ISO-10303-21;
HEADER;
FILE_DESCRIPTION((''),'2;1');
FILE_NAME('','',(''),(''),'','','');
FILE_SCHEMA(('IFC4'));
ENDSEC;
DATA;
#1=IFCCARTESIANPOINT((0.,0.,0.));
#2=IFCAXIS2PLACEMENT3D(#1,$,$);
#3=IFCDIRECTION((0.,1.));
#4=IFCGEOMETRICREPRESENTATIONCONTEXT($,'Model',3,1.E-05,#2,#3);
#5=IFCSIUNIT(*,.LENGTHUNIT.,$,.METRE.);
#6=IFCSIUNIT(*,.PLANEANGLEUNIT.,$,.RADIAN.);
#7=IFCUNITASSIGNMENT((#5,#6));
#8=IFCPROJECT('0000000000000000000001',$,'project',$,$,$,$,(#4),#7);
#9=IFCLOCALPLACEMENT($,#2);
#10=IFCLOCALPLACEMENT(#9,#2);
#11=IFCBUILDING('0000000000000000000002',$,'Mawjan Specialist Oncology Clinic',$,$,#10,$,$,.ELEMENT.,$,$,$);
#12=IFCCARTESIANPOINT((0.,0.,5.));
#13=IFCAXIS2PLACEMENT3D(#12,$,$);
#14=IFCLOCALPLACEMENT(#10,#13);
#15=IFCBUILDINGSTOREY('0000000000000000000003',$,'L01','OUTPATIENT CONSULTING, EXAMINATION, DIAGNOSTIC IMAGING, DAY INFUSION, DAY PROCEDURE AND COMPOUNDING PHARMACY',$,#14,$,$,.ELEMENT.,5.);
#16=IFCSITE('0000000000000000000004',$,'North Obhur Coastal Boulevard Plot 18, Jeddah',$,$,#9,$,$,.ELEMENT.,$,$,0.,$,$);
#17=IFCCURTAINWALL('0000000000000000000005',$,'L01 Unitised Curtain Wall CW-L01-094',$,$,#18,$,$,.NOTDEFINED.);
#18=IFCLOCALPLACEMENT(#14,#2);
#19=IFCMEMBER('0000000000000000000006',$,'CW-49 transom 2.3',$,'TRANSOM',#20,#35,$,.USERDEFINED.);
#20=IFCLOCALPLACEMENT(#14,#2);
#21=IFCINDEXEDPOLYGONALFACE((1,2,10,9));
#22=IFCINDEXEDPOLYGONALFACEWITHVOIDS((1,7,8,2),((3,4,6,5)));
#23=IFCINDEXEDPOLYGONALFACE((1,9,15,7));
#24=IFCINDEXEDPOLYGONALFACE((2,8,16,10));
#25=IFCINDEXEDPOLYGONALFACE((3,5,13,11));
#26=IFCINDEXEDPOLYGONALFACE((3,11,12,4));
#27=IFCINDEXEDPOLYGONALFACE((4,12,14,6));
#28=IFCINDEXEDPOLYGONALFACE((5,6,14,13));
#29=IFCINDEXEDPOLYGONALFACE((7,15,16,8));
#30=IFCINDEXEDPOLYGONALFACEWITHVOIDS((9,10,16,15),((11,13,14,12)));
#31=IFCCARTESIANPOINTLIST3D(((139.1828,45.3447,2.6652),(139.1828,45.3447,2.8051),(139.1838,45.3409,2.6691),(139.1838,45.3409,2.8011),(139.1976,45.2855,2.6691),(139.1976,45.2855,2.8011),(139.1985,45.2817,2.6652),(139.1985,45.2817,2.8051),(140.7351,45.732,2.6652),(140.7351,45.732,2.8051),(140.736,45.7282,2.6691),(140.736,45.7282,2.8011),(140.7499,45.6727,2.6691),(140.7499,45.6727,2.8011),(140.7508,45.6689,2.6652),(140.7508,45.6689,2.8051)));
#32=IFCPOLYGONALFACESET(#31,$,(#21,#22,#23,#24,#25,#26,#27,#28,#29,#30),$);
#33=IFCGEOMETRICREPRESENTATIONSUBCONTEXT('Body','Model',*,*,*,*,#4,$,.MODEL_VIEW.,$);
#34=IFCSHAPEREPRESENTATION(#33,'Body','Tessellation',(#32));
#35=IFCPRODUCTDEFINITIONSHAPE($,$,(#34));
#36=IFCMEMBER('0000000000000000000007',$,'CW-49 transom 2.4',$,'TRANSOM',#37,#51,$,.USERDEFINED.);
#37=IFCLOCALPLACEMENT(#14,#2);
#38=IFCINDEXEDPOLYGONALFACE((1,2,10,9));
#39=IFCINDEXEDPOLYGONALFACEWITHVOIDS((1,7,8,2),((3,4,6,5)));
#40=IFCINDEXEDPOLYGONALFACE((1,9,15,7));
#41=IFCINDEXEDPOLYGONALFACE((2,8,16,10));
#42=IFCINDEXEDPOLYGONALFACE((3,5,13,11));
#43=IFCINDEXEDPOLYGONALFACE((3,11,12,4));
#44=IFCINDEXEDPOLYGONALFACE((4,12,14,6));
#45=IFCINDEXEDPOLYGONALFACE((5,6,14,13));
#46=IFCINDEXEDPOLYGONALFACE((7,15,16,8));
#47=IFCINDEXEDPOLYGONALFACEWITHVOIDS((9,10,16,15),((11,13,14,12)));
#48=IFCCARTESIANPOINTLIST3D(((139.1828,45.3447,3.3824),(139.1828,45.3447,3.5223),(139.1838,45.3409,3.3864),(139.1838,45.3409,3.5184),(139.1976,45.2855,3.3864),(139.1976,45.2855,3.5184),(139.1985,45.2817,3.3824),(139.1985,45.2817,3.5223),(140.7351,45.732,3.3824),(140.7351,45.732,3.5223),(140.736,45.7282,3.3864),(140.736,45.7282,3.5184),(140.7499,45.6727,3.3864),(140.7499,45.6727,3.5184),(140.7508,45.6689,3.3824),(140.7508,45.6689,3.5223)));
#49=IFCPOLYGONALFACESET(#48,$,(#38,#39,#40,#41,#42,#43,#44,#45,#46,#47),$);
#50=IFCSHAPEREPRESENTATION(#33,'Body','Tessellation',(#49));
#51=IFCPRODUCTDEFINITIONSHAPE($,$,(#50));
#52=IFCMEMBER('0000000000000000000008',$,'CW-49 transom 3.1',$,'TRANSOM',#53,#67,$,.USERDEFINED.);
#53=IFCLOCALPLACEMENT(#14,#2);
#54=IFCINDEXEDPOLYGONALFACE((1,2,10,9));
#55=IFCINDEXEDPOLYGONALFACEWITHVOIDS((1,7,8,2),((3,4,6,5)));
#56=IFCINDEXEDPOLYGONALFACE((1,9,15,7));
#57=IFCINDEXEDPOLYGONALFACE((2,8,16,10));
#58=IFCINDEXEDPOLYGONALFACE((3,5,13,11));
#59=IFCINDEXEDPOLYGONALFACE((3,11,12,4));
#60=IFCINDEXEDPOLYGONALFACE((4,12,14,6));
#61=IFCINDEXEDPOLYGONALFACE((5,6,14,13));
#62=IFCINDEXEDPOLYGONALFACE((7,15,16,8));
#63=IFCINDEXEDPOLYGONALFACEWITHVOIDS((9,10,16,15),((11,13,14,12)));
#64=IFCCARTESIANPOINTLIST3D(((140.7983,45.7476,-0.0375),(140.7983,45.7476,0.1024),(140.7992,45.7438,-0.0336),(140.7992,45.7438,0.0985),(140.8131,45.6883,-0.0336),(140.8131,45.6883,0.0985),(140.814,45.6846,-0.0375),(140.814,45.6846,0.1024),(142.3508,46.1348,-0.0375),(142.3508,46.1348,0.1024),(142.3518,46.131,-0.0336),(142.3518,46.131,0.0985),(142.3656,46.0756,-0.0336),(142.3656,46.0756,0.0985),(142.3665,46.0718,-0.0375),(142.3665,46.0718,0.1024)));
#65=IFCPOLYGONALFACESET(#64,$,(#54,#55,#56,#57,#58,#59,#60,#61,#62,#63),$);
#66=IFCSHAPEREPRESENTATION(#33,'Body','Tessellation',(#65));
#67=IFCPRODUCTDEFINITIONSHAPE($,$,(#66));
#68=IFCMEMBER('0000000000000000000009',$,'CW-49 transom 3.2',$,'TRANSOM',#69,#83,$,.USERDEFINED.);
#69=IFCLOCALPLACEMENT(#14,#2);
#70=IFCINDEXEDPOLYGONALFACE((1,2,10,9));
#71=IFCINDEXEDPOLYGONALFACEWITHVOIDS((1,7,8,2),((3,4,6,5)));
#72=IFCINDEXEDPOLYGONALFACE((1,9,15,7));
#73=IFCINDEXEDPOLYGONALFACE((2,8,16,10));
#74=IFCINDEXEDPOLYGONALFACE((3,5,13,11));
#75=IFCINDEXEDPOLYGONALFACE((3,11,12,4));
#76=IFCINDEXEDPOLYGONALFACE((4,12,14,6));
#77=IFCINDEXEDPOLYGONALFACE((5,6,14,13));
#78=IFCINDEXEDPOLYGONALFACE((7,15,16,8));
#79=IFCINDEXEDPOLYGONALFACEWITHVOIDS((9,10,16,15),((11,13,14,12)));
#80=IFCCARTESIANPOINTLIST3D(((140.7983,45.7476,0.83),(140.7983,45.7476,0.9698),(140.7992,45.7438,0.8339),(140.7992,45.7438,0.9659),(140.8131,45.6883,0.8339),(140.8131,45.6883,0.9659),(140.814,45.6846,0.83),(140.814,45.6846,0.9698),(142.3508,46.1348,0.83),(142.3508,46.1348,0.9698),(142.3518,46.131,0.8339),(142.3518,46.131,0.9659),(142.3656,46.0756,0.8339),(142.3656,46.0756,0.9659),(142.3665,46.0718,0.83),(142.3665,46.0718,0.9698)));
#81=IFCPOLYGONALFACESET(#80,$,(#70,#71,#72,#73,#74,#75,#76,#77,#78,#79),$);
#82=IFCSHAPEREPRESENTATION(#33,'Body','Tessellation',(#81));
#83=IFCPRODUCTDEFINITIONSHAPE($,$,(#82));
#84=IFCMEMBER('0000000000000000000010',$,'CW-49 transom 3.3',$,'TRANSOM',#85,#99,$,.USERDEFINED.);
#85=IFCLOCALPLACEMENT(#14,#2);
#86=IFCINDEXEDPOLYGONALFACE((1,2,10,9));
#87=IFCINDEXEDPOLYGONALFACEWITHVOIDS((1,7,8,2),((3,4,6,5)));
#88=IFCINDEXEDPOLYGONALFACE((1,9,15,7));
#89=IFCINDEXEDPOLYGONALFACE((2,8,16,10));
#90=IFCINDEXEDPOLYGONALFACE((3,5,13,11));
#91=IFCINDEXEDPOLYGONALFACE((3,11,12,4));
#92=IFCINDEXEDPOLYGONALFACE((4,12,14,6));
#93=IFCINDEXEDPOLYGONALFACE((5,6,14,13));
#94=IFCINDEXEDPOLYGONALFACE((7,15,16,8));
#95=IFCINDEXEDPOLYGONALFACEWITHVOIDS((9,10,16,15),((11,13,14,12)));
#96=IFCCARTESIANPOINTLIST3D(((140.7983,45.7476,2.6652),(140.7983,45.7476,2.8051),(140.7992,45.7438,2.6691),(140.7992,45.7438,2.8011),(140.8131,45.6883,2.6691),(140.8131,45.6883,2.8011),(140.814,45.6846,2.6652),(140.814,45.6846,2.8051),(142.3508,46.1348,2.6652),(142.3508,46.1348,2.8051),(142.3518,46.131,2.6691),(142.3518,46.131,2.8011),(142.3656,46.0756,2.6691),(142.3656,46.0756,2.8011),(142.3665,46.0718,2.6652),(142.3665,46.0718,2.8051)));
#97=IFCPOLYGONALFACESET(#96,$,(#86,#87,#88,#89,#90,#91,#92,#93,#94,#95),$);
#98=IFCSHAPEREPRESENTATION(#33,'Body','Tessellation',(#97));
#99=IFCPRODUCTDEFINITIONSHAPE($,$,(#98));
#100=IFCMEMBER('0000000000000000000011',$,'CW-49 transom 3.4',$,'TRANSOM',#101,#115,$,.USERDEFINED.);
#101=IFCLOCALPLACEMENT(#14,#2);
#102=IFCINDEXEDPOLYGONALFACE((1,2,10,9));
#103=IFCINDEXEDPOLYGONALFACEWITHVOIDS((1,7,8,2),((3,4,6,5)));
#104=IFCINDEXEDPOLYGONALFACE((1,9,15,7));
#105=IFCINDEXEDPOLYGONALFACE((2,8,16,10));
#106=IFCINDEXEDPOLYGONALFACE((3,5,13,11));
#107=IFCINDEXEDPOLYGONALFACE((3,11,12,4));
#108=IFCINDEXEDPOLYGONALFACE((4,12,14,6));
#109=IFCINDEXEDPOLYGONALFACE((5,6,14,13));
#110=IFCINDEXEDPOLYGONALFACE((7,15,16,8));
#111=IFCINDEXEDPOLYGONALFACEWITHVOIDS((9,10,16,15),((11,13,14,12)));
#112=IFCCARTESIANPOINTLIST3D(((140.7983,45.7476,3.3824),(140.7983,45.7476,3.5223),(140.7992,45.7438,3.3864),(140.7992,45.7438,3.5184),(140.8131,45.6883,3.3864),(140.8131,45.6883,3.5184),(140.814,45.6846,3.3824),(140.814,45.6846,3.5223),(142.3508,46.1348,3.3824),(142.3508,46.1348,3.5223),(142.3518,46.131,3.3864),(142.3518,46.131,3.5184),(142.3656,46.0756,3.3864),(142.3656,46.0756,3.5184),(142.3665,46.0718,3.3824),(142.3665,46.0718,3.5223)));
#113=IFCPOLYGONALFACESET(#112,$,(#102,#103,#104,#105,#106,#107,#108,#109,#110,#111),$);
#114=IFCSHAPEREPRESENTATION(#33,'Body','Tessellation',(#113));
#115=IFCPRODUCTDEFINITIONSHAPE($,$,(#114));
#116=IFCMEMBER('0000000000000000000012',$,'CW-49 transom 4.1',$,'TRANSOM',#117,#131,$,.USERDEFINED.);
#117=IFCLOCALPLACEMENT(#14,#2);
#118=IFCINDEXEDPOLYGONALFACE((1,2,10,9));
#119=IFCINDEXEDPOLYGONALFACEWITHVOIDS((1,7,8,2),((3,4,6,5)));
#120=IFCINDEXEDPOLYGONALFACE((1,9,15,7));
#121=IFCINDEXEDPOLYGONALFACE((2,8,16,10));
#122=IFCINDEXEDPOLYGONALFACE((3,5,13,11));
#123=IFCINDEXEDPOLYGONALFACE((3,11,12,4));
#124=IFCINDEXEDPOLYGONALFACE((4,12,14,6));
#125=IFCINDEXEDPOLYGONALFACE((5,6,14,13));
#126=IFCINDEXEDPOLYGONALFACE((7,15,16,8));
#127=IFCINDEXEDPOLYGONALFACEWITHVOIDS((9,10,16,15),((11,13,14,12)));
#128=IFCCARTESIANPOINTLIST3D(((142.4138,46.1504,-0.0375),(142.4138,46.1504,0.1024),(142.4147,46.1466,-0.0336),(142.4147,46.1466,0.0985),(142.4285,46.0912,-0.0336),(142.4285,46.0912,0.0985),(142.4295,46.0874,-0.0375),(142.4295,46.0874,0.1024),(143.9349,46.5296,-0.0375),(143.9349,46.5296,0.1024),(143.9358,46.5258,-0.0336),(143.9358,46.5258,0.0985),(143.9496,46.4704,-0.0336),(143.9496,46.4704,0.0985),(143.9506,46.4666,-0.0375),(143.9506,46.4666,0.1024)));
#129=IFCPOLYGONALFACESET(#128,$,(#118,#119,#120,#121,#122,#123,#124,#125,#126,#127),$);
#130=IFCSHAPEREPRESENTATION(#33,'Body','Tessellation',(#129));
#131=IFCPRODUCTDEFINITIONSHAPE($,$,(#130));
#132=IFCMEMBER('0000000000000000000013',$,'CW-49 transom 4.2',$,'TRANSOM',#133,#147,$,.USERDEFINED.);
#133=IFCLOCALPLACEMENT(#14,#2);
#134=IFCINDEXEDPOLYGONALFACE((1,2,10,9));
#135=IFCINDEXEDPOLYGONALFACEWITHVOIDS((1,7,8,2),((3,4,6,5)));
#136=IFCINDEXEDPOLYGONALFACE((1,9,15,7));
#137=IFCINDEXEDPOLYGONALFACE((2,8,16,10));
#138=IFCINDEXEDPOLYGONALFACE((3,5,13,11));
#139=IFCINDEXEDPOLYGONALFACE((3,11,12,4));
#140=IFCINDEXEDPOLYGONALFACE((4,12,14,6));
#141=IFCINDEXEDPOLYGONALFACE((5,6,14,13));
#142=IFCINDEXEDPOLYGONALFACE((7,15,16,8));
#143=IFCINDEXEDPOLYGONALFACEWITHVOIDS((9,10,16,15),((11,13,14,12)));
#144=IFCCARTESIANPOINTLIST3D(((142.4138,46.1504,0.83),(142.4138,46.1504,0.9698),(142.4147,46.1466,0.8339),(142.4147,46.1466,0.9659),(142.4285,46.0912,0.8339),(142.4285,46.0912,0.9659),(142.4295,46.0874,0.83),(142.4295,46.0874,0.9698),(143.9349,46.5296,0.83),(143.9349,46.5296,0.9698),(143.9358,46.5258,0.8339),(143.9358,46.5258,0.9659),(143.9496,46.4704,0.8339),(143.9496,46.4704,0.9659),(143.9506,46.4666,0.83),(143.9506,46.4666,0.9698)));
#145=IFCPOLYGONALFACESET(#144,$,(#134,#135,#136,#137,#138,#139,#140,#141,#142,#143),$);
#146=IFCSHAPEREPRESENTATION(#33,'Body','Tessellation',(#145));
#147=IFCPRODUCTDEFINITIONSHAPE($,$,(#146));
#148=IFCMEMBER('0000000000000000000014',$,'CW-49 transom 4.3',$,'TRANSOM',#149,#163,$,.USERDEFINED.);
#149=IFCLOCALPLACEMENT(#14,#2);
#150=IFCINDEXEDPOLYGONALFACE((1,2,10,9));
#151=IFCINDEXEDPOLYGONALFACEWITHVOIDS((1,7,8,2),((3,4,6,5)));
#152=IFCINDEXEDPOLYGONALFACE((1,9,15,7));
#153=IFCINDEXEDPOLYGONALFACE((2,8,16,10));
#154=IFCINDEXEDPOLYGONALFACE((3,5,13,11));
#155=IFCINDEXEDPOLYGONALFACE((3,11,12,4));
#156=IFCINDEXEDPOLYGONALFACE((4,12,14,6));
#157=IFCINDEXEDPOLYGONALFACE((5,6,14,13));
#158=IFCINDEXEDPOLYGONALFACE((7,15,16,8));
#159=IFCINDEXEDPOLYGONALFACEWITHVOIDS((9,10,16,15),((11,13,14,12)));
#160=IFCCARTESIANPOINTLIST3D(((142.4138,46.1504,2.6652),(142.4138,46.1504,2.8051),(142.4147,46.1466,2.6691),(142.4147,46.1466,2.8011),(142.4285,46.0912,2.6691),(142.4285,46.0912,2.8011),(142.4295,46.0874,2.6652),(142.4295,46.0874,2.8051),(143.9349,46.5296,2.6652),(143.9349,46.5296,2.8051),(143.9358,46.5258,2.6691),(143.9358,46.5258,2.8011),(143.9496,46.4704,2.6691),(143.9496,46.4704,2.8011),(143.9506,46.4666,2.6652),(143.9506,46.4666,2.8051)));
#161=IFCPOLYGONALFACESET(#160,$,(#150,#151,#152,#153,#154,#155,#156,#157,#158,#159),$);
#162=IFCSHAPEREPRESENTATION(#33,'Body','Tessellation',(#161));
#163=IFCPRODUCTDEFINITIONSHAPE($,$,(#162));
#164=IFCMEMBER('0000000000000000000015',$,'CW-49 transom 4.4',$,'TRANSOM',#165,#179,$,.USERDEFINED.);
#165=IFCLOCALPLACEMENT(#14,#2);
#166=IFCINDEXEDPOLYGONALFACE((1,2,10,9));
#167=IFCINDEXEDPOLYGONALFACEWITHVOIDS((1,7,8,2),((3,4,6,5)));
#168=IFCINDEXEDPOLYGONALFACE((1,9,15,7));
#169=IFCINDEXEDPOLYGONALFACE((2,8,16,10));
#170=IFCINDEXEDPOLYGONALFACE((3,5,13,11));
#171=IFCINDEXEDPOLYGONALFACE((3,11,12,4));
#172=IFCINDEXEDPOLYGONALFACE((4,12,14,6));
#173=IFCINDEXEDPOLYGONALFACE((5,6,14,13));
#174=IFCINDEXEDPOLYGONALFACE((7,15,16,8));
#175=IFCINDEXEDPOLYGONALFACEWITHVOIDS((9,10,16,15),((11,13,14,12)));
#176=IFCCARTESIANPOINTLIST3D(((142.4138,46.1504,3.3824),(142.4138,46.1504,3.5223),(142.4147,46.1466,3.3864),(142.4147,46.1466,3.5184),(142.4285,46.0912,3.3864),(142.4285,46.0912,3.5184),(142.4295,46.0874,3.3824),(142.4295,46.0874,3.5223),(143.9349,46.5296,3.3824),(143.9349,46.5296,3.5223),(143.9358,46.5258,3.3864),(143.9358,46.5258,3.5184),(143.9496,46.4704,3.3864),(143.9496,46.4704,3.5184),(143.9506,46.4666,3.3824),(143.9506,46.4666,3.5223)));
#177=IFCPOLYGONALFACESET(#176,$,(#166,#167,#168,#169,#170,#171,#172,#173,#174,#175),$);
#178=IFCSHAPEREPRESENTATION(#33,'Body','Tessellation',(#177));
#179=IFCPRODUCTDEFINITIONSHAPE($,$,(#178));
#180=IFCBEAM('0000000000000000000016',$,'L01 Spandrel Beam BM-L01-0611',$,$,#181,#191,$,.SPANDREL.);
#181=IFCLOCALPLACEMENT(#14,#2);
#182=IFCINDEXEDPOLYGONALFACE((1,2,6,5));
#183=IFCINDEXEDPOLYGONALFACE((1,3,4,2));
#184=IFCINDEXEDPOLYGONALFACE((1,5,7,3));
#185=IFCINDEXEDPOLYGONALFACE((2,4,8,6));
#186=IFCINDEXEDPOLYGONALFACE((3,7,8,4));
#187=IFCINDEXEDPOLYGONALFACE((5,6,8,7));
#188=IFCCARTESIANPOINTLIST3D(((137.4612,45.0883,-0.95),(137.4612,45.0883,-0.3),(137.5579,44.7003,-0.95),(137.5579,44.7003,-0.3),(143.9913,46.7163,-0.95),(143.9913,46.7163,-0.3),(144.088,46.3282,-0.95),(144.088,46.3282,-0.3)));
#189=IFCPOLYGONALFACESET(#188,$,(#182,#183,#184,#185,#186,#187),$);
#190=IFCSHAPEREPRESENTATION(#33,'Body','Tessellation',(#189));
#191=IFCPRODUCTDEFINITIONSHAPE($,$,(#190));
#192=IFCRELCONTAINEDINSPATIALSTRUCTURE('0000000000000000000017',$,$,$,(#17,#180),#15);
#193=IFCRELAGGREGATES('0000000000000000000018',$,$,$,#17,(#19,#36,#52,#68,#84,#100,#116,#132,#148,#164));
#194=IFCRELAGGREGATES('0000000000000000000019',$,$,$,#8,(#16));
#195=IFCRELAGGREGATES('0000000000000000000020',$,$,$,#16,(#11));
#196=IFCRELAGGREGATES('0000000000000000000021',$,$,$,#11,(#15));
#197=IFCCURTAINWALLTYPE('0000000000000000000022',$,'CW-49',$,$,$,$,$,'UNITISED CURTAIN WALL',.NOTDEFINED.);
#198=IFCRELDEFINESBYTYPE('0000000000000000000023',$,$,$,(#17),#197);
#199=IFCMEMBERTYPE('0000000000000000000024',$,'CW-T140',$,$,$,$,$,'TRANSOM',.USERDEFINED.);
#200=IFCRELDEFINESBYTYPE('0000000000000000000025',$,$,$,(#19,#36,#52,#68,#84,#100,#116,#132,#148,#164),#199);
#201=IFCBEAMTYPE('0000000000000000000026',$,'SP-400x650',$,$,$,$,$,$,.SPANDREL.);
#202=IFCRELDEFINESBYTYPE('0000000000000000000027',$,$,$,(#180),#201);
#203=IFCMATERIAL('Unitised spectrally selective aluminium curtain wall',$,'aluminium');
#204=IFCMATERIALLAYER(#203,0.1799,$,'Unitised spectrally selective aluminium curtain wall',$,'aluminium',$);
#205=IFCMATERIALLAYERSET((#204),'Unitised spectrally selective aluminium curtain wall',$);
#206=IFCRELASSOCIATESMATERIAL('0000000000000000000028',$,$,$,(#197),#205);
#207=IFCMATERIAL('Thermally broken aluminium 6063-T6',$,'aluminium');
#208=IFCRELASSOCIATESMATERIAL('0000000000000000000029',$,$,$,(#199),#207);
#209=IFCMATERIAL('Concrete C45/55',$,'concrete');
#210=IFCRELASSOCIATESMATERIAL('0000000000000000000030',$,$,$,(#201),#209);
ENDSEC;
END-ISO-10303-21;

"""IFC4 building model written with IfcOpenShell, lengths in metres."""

from ifc_helpers import new_model, si_unit, direction, frame, origin, origin_2d, place, context, subcontext, project, spatial, rectangle, hollow_rectangle, extrude, material, layer, layer_set, material_profile, profile_set, type_object, element, aggregate, save


model = new_model("IFC4")

# Units and contexts
model_context = context("Model", 3, precision=1e-05, world=origin(), true_north=direction((0.0, 1.0)))
body_context = subcontext(model_context, "Body", "Model", "MODEL_VIEW")
ifc_project = project(units=[si_unit("LENGTHUNIT", "METRE"), si_unit("PLANEANGLEUNIT", "RADIAN")], contexts=[model_context])

# Site, building, storey
site_placement = place(None, origin())
site = spatial("IfcSite", under=ifc_project, at=site_placement, Name="North Obhur Coastal Boulevard Plot 18, Jeddah", CompositionType="ELEMENT", RefElevation=0.0)
building_placement = place(site_placement, origin())
building = spatial("IfcBuilding", under=site, at=building_placement, Name="Mawjan Specialist Oncology Clinic", CompositionType="ELEMENT")
storey_placement = place(building_placement, frame((0.0, 0.0, 5.0)))
storey = spatial("IfcBuildingStorey", under=building, at=storey_placement, Name="L01", Description="OUTPATIENT CONSULTING, EXAMINATION, DIAGNOSTIC IMAGING, DAY INFUSION, DAY PROCEDURE AND COMPOUNDING PHARMACY", CompositionType="ELEMENT", Elevation=5.0)

# Curtain wall, members
ifc_material_1 = material(Name="Unitised spectrally selective aluminium curtain wall", Category="aluminium")
ifc_layer_1 = layer(ifc_material_1, 0.1799, Name="Unitised spectrally selective aluminium curtain wall", Category="aluminium")
ifc_layer_set_1 = layer_set([ifc_layer_1], Name="Unitised spectrally selective aluminium curtain wall")
curtain_wall_type = type_object("IfcCurtainWallType", Name="CW-49", ElementType="UNITISED CURTAIN WALL", PredefinedType="NOTDEFINED", material=ifc_layer_set_1)
curtain_wall_placement = place(storey_placement, origin())
curtain_wall = element("IfcCurtainWall", 1, at=curtain_wall_placement, inside=storey, type_object=curtain_wall_type, Name="L01 Unitised Curtain Wall CW-L01-094", PredefinedType="NOTDEFINED")
ifc_material_2 = material(Name="Thermally broken aluminium 6063-T6", Category="aluminium")
ifc_material_profile_1 = material_profile(ifc_material_2, hollow_rectangle(XDim=0.0649, YDim=0.1399, WallThickness=0.0039, at=origin_2d()), Name="ALU TRANSOM 140x65x4", Category="aluminium")
ifc_profile_set_1 = profile_set([ifc_material_profile_1], Name="Thermally broken aluminium 6063-T6")
member_type_1 = type_object("IfcMemberType", Name="CW-T140", ElementType="TRANSOM", PredefinedType="USERDEFINED", material=ifc_profile_set_1)
member_1_placement = place(storey_placement, frame((139.1907, 45.3132, 2.7351), z_axis=(0.970268, 0.242033, 0.0), x_axis=(-0.242033, 0.970268, 0.0)))
member_1 = element("IfcMember", 2, at=member_1_placement, type_object=member_type_1, Name="CW-49 transom 2.3", ObjectType="TRANSOM", PredefinedType="USERDEFINED", context=body_context, shape_type="SweptSolid", body=[
    extrude(hollow_rectangle(XDim=0.0649, YDim=0.1399, WallThickness=0.0039, at=origin_2d()), origin(), (0.0, 0.0, 1.0), 1.5999),
])
member_2_placement = place(storey_placement, frame((139.1907, 45.3132, 3.4524), z_axis=(0.970268, 0.242033, 0.0), x_axis=(-0.242033, 0.970268, 0.0)))
member_2 = element("IfcMember", 3, at=member_2_placement, type_object=member_type_1, Name="CW-49 transom 2.4", ObjectType="TRANSOM", PredefinedType="USERDEFINED", context=body_context, shape_type="SweptSolid", body=[
    extrude(hollow_rectangle(XDim=0.0649, YDim=0.1399, WallThickness=0.0039, at=origin_2d()), origin(), (0.0, 0.0, 1.0), 1.5999),
])
member_3_placement = place(storey_placement, frame((140.8062, 45.7161, 0.0325), z_axis=(0.970277, 0.241997, 0.0), x_axis=(-0.241997, 0.970277, 0.0)))
member_3 = element("IfcMember", 4, at=member_3_placement, type_object=member_type_1, Name="CW-49 transom 3.1", ObjectType="TRANSOM", PredefinedType="USERDEFINED", context=body_context, shape_type="SweptSolid", body=[
    extrude(hollow_rectangle(XDim=0.0649, YDim=0.1399, WallThickness=0.0039, at=origin_2d()), origin(), (0.0, 0.0, 1.0), 1.6001),
])
member_4_placement = place(storey_placement, frame((140.8062, 45.7161, 0.8999), z_axis=(0.970277, 0.241997, 0.0), x_axis=(-0.241997, 0.970277, 0.0)))
member_4 = element("IfcMember", 5, at=member_4_placement, type_object=member_type_1, Name="CW-49 transom 3.2", ObjectType="TRANSOM", PredefinedType="USERDEFINED", context=body_context, shape_type="SweptSolid", body=[
    extrude(hollow_rectangle(XDim=0.0649, YDim=0.1399, WallThickness=0.0039, at=origin_2d()), origin(), (0.0, 0.0, 1.0), 1.6001),
])
member_5_placement = place(storey_placement, frame((140.8062, 45.7161, 2.7351), z_axis=(0.970277, 0.241997, 0.0), x_axis=(-0.241997, 0.970277, 0.0)))
member_5 = element("IfcMember", 6, at=member_5_placement, type_object=member_type_1, Name="CW-49 transom 3.3", ObjectType="TRANSOM", PredefinedType="USERDEFINED", context=body_context, shape_type="SweptSolid", body=[
    extrude(hollow_rectangle(XDim=0.0649, YDim=0.1399, WallThickness=0.0039, at=origin_2d()), origin(), (0.0, 0.0, 1.0), 1.6001),
])
member_6_placement = place(storey_placement, frame((140.8062, 45.7161, 3.4524), z_axis=(0.970277, 0.241997, 0.0), x_axis=(-0.241997, 0.970277, 0.0)))
member_6 = element("IfcMember", 7, at=member_6_placement, type_object=member_type_1, Name="CW-49 transom 3.4", ObjectType="TRANSOM", PredefinedType="USERDEFINED", context=body_context, shape_type="SweptSolid", body=[
    extrude(hollow_rectangle(XDim=0.0649, YDim=0.1399, WallThickness=0.0039, at=origin_2d()), origin(), (0.0, 0.0, 1.0), 1.6001),
])
member_7_placement = place(storey_placement, frame((142.4216, 46.1189, 0.0325), z_axis=(0.970307, 0.241876, 0.0), x_axis=(-0.241876, 0.970307, 0.0)))
member_7 = element("IfcMember", 8, at=member_7_placement, type_object=member_type_1, Name="CW-49 transom 4.1", ObjectType="TRANSOM", PredefinedType="USERDEFINED", context=body_context, shape_type="SweptSolid", body=[
    extrude(hollow_rectangle(XDim=0.0649, YDim=0.1399, WallThickness=0.0039, at=origin_2d()), origin(), (0.0, 0.0, 1.0), 1.5676),
])
member_8_placement = place(storey_placement, frame((142.4216, 46.1189, 0.8999), z_axis=(0.970307, 0.241876, 0.0), x_axis=(-0.241876, 0.970307, 0.0)))
member_8 = element("IfcMember", 9, at=member_8_placement, type_object=member_type_1, Name="CW-49 transom 4.2", ObjectType="TRANSOM", PredefinedType="USERDEFINED", context=body_context, shape_type="SweptSolid", body=[
    extrude(hollow_rectangle(XDim=0.0649, YDim=0.1399, WallThickness=0.0039, at=origin_2d()), origin(), (0.0, 0.0, 1.0), 1.5676),
])
member_9_placement = place(storey_placement, frame((142.4216, 46.1189, 2.7351), z_axis=(0.970307, 0.241876, 0.0), x_axis=(-0.241876, 0.970307, 0.0)))
member_9 = element("IfcMember", 10, at=member_9_placement, type_object=member_type_1, Name="CW-49 transom 4.3", ObjectType="TRANSOM", PredefinedType="USERDEFINED", context=body_context, shape_type="SweptSolid", body=[
    extrude(hollow_rectangle(XDim=0.0649, YDim=0.1399, WallThickness=0.0039, at=origin_2d()), origin(), (0.0, 0.0, 1.0), 1.5676),
])
member_10_placement = place(storey_placement, frame((142.4216, 46.1189, 3.4524), z_axis=(0.970307, 0.241876, 0.0), x_axis=(-0.241876, 0.970307, 0.0)))
member_10 = element("IfcMember", 11, at=member_10_placement, type_object=member_type_1, Name="CW-49 transom 4.4", ObjectType="TRANSOM", PredefinedType="USERDEFINED", context=body_context, shape_type="SweptSolid", body=[
    extrude(hollow_rectangle(XDim=0.0649, YDim=0.1399, WallThickness=0.0039, at=origin_2d()), origin(), (0.0, 0.0, 1.0), 1.5676),
])

# Beam
ifc_material_3 = material(Name="Concrete C45/55", Category="concrete")
ifc_material_profile_2 = material_profile(ifc_material_3, rectangle(XDim=0.3999, YDim=0.6499, at=origin_2d()), Name="RC BM 400x650", Category="concrete")
ifc_profile_set_2 = profile_set([ifc_material_profile_2], Name="Concrete C45/55")
beam_type = type_object("IfcBeamType", Name="SP-400x650", PredefinedType="SPANDREL", material=ifc_profile_set_2)
beam_placement = place(storey_placement, frame((137.5095, 44.8943, -0.625), z_axis=(0.970302, 0.241895, 0.0), x_axis=(-0.241895, 0.970302, 0.0)))
element("IfcBeam", 12, at=beam_placement, inside=storey, type_object=beam_type, Name="L01 Spandrel Beam BM-L01-0611", PredefinedType="SPANDREL", context=body_context, shape_type="SweptSolid", body=[
    extrude(rectangle(XDim=0.3999, YDim=0.6499, at=origin_2d()), origin(), (0.0, 0.0, 1.0), 6.73),
])

aggregate(curtain_wall, [member_1, member_2, member_3, member_4, member_5, member_6, member_7, member_8, member_9, member_10])

save(model, "model.ifc")
